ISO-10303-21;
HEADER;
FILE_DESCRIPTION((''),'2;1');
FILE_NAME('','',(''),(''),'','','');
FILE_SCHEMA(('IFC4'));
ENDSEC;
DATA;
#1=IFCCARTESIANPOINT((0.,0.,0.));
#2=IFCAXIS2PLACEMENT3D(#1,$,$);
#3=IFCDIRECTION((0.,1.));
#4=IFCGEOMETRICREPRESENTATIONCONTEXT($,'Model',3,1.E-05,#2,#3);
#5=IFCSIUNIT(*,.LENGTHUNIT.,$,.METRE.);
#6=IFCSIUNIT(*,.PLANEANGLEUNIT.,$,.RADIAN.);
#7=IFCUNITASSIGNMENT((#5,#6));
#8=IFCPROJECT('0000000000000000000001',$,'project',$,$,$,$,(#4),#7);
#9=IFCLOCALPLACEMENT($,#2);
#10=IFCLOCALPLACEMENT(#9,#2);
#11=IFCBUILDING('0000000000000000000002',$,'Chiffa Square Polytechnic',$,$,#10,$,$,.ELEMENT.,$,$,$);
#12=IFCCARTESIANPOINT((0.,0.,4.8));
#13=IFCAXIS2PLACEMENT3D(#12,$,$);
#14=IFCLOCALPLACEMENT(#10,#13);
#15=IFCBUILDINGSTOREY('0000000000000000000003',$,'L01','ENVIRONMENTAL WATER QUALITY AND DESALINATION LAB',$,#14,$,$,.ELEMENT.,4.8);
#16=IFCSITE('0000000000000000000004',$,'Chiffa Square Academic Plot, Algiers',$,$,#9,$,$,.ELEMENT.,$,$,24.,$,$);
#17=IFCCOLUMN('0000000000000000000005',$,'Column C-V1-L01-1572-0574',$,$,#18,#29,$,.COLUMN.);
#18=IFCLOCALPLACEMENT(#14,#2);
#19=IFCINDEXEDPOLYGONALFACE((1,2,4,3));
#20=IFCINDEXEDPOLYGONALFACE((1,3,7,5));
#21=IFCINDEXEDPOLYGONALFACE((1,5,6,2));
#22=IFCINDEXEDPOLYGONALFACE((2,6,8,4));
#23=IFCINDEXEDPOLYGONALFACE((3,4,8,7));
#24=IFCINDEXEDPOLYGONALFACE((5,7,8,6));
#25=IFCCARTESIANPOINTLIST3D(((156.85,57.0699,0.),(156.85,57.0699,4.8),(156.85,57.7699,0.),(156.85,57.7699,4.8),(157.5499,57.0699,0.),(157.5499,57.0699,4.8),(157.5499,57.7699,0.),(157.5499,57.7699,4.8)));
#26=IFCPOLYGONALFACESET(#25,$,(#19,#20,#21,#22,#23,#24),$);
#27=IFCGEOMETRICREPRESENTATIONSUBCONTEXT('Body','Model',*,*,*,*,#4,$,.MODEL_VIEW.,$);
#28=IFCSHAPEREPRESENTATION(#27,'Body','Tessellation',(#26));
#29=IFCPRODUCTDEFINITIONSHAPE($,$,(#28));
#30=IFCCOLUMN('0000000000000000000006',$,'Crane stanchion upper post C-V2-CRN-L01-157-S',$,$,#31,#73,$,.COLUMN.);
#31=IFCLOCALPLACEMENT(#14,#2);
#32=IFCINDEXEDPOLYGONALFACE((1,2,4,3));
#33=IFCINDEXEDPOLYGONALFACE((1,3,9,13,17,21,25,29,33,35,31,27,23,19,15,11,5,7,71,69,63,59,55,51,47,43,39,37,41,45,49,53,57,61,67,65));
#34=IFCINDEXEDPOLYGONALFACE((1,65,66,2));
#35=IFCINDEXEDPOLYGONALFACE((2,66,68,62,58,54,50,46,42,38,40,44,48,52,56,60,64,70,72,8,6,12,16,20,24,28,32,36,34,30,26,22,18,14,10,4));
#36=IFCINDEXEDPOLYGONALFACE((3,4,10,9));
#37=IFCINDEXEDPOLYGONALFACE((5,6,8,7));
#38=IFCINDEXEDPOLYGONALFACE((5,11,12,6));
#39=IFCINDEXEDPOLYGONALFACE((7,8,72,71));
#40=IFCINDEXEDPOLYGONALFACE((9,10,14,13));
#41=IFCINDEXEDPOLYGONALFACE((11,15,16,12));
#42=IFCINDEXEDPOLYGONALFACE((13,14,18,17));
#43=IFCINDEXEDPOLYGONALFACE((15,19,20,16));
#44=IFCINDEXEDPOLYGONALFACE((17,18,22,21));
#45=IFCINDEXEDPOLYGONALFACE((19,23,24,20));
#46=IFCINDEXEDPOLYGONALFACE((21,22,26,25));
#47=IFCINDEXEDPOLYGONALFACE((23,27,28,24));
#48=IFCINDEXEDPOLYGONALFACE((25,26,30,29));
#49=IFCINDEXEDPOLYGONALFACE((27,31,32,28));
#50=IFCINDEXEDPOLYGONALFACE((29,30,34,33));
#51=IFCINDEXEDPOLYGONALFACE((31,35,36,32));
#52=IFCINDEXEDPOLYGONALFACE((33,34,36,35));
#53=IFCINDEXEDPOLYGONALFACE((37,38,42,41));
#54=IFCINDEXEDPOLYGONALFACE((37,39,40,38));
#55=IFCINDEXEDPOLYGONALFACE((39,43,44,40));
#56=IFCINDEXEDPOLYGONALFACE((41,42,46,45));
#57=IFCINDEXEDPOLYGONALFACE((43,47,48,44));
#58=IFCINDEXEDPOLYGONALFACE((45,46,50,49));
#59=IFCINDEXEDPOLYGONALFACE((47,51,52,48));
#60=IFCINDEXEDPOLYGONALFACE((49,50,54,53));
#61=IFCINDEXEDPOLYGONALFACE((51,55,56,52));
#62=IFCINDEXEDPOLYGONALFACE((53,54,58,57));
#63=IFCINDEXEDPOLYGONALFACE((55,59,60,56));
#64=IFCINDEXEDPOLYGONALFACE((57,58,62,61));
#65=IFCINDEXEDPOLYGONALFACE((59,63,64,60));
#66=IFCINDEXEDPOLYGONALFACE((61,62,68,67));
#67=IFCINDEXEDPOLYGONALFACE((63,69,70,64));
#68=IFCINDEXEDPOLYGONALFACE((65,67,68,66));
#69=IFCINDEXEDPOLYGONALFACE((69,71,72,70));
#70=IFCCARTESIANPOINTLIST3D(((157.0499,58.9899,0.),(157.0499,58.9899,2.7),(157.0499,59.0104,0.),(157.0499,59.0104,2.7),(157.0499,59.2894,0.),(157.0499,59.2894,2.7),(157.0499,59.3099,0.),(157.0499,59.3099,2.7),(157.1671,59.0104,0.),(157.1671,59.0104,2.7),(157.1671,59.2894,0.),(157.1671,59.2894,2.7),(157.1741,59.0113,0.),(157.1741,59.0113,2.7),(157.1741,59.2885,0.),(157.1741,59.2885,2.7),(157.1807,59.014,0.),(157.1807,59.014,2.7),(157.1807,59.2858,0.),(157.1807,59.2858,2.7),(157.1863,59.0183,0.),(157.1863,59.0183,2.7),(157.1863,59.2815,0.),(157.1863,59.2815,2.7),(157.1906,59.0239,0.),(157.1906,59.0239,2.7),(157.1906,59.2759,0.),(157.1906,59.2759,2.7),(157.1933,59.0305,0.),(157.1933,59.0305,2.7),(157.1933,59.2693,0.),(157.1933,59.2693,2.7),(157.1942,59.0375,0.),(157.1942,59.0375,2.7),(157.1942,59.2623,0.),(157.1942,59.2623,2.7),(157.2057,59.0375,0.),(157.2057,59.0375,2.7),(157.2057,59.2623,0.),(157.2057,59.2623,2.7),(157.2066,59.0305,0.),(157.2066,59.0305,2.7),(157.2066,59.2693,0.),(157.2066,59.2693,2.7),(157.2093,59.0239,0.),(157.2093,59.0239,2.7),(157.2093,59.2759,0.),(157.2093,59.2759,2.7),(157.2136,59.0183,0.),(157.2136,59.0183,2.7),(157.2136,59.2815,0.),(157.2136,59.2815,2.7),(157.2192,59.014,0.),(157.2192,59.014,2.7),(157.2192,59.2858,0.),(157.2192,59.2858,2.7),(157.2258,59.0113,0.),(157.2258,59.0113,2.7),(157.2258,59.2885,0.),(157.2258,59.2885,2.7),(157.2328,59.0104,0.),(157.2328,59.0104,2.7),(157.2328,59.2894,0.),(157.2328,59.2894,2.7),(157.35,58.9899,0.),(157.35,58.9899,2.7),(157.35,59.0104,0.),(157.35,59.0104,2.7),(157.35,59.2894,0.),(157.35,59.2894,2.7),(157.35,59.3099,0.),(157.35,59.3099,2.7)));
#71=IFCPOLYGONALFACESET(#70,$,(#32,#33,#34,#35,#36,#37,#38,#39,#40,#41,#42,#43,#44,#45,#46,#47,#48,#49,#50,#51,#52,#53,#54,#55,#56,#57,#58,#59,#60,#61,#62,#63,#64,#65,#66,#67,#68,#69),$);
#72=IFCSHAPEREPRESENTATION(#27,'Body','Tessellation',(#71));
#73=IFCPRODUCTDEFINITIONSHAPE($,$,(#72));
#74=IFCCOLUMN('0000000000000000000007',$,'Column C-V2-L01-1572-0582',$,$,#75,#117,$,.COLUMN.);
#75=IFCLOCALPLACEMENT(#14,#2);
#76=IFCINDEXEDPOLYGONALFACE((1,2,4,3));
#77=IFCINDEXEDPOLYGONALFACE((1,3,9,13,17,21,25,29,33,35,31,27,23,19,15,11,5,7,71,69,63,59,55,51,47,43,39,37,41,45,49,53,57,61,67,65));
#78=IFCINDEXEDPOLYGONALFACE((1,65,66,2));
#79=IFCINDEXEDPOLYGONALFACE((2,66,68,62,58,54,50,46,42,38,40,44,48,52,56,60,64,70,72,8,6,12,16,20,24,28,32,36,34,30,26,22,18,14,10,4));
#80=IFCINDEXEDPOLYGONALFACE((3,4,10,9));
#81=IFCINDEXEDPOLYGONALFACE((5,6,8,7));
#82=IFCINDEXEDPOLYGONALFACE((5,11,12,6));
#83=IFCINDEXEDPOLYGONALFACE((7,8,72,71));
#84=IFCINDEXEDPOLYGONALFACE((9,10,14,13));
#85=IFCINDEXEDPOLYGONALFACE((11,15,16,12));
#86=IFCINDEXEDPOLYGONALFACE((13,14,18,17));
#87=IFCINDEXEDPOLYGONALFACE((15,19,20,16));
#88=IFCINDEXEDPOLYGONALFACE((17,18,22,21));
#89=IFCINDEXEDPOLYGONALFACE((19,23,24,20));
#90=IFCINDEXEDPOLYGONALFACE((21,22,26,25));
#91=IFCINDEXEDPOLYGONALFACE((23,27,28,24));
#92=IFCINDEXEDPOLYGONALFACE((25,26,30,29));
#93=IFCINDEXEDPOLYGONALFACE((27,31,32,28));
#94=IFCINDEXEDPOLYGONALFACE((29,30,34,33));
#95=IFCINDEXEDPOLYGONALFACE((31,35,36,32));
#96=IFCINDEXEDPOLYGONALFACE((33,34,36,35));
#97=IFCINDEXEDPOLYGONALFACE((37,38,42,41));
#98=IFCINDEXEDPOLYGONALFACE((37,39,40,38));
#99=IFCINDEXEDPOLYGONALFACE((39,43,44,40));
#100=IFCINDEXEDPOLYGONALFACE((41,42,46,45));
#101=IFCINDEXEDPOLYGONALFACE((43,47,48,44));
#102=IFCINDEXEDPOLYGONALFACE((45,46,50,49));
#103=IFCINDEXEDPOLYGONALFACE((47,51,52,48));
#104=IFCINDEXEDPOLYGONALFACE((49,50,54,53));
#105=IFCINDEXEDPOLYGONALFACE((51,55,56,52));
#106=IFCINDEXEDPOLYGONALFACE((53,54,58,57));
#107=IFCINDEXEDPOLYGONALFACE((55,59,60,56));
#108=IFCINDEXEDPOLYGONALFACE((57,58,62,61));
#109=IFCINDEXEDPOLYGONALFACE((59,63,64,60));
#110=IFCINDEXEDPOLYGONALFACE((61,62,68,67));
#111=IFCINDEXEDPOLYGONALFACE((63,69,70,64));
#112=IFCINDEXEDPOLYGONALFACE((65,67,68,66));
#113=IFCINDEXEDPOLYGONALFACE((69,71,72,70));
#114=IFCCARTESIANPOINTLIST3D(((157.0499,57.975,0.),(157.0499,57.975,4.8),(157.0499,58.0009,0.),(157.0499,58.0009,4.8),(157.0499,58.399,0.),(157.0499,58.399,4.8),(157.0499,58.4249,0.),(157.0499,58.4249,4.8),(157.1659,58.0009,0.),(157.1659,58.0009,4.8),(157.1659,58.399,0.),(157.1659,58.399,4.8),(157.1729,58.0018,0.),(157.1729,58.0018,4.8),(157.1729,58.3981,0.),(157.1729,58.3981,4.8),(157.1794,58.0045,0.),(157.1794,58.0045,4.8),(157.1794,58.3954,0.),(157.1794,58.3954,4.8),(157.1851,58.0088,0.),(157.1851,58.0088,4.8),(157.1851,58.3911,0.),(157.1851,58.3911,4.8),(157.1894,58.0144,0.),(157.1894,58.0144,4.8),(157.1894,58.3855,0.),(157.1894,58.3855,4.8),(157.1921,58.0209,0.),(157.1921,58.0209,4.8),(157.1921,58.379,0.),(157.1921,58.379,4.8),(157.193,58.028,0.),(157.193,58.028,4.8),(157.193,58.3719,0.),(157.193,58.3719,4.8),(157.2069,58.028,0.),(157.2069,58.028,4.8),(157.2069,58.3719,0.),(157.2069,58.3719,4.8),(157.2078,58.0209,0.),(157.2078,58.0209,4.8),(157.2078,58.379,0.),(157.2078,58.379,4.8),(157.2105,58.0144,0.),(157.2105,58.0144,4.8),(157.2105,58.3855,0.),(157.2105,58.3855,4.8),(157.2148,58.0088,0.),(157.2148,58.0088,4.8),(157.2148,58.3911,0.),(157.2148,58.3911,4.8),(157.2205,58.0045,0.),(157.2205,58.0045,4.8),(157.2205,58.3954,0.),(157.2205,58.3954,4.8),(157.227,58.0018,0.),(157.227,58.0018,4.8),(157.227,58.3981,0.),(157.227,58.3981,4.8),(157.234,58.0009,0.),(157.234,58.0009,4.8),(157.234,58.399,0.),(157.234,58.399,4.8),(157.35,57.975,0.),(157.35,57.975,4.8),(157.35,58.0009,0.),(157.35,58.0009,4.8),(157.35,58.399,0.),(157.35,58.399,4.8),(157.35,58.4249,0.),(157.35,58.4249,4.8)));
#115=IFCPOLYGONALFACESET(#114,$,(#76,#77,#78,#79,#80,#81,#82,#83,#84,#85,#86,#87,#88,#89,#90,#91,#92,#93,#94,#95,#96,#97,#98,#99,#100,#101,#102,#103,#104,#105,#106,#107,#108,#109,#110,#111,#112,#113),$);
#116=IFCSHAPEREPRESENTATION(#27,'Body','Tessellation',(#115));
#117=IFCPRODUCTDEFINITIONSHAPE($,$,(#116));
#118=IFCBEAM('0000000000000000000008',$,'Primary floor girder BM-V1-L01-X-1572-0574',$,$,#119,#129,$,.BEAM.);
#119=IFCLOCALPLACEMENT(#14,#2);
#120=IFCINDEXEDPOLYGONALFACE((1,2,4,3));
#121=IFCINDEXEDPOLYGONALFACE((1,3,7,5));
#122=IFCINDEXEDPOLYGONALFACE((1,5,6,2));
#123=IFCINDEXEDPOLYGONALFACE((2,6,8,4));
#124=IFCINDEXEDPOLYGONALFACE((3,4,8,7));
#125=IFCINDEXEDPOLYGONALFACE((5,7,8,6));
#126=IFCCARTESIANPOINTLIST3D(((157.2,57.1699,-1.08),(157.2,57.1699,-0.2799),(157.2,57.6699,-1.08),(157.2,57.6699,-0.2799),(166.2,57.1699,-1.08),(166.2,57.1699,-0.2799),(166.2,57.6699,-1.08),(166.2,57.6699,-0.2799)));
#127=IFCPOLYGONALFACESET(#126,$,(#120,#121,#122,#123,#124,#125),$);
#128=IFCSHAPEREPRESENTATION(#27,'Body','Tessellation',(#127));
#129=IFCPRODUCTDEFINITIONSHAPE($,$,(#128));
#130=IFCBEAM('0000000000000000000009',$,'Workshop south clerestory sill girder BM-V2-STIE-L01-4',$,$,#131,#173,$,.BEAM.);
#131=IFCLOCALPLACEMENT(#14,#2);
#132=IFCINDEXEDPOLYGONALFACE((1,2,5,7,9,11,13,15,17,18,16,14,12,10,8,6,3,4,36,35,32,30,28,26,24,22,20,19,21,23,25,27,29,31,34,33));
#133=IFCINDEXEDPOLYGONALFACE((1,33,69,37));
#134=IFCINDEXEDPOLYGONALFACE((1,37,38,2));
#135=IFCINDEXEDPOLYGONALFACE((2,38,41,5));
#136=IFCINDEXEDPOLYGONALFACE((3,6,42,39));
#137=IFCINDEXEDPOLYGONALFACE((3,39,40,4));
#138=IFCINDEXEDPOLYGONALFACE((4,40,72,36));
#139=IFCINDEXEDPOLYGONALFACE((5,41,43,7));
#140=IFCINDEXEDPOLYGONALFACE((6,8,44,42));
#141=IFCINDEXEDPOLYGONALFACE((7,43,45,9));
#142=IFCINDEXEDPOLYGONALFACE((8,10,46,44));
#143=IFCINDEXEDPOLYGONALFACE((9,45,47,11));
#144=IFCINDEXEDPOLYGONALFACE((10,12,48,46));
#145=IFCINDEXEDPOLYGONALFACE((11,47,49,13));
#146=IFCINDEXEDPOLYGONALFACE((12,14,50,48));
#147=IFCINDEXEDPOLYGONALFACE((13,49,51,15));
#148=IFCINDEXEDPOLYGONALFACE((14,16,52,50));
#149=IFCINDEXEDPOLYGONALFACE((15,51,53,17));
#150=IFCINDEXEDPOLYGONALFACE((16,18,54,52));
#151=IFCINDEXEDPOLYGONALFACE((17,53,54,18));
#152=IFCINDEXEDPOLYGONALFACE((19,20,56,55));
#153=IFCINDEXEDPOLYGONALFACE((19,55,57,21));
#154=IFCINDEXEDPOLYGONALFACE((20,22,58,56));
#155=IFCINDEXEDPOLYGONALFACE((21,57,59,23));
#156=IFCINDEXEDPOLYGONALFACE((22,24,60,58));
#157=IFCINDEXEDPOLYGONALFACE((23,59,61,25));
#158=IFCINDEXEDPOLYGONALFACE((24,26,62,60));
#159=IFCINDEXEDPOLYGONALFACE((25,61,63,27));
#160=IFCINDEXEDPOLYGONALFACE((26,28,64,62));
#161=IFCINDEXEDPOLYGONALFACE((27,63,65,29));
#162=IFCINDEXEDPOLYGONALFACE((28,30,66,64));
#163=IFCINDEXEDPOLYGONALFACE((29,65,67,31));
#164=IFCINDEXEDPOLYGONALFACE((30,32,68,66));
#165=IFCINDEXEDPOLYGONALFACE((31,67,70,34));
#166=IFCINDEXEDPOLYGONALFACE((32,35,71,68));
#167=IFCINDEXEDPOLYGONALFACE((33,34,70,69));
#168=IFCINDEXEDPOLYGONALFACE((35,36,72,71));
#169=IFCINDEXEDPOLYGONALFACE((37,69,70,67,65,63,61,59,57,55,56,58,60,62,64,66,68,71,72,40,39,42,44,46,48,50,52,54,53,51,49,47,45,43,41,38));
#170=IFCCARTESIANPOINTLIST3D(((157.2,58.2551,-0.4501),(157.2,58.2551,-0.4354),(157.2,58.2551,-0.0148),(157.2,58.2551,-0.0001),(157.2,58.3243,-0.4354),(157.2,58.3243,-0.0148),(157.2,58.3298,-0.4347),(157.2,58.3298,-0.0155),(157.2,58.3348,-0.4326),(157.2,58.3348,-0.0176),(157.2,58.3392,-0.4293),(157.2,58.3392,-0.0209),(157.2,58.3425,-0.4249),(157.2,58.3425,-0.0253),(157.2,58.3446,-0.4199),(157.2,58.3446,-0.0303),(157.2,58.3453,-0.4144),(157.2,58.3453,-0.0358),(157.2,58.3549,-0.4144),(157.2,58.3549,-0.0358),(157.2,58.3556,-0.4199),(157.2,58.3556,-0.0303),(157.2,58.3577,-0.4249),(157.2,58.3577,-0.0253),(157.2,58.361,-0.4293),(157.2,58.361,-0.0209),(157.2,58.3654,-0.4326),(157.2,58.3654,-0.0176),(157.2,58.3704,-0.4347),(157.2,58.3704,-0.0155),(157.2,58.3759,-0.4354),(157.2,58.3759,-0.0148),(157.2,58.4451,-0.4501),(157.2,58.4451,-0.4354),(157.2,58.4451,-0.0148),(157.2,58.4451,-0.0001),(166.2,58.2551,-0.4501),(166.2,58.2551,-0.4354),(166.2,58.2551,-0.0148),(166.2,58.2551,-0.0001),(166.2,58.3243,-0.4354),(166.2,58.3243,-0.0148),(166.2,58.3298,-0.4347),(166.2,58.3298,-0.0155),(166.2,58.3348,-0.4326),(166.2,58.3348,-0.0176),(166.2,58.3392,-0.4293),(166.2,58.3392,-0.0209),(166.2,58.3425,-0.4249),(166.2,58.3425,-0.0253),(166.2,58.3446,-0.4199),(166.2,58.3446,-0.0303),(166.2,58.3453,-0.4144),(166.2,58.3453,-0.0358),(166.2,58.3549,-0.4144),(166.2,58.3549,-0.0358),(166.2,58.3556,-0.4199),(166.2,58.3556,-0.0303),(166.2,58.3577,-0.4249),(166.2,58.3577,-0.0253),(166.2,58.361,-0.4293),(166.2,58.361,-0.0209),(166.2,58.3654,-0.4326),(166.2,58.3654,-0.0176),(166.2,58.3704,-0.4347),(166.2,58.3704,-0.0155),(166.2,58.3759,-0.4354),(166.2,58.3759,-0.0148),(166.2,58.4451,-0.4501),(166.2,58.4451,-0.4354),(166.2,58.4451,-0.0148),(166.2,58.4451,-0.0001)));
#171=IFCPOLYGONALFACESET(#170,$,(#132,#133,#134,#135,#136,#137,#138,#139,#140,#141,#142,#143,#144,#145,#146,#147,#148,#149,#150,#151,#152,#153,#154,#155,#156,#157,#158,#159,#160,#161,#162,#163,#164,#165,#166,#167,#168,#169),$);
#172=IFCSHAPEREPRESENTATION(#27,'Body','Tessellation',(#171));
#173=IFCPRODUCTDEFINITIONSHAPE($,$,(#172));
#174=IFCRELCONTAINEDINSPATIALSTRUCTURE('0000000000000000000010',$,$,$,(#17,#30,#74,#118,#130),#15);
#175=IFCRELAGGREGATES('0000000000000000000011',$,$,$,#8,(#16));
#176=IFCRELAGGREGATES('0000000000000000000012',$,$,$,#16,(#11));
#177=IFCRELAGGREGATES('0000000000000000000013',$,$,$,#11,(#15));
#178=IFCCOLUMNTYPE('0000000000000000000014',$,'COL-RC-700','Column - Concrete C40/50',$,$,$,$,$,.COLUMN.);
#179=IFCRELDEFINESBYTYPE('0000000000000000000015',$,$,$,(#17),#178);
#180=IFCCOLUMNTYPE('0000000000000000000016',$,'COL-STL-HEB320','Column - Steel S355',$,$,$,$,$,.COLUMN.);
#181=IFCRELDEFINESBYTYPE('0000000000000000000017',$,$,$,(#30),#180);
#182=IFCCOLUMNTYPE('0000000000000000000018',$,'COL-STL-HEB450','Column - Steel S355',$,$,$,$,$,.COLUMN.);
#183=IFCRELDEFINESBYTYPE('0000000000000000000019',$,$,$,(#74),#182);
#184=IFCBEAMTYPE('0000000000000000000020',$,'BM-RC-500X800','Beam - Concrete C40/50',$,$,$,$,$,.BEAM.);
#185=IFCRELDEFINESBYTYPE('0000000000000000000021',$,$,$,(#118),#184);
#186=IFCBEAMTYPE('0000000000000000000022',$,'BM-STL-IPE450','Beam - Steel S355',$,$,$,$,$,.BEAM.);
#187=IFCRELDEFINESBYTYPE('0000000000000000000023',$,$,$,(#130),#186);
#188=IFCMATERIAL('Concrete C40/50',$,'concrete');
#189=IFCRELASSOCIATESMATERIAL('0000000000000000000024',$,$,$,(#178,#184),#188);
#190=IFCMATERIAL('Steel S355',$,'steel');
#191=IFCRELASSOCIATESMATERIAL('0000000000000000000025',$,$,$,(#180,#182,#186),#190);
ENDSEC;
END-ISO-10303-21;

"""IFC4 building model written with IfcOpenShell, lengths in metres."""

from ifc_helpers import new_model, si_unit, direction, frame, origin, origin_2d, place, context, subcontext, project, spatial, rectangle, i_section, extrude, material, material_profile, profile_set, type_object, element, save


model = new_model("IFC4")

# Units and contexts
model_context = context("Model", 3, precision=1e-05, world=origin(), true_north=direction((0.0, 1.0)))
body_context = subcontext(model_context, "Body", "Model", "MODEL_VIEW")
ifc_project = project(units=[si_unit("LENGTHUNIT", "METRE"), si_unit("PLANEANGLEUNIT", "RADIAN")], contexts=[model_context])

# Site, building, storey
site_placement = place(None, origin())
site = spatial("IfcSite", under=ifc_project, at=site_placement, Name="Chiffa Square Academic Plot, Algiers", CompositionType="ELEMENT", RefElevation=24.0)
building_placement = place(site_placement, origin())
building = spatial("IfcBuilding", under=site, at=building_placement, Name="Chiffa Square Polytechnic", CompositionType="ELEMENT")
storey_placement = place(building_placement, frame((0.0, 0.0, 4.8)))
storey = spatial("IfcBuildingStorey", under=building, at=storey_placement, Name="L01", Description="ENVIRONMENTAL WATER QUALITY AND DESALINATION LAB", CompositionType="ELEMENT", Elevation=4.8)

# Columns
ifc_material_1 = material(Name="Concrete C40/50", Category="concrete")
ifc_material_profile_1 = material_profile(ifc_material_1, rectangle(XDim=0.7, YDim=0.7, at=origin_2d()), Name="RC 700x700")
ifc_profile_set_1 = profile_set([ifc_material_profile_1], Name="Concrete C40/50")
column_type_1 = type_object("IfcColumnType", Name="COL-RC-700", Description="Column - Concrete C40/50", PredefinedType="COLUMN", material=ifc_profile_set_1)
column_1_placement = place(storey_placement, frame((157.2, 57.4199, 0.0), z_axis=(0.0, 0.0, 1.0), x_axis=(1.0, 0.0, 0.0)))
element("IfcColumn", 1, at=column_1_placement, inside=storey, type_object=column_type_1, Name="Column C-V1-L01-1572-0574", PredefinedType="COLUMN", context=body_context, shape_type="SweptSolid", body=[
    extrude(rectangle(XDim=0.7, YDim=0.7, at=origin_2d()), origin(), (0.0, 0.0, 1.0), 4.8),
])
ifc_material_2 = material(Name="Steel S355", Category="steel")
ifc_material_profile_2 = material_profile(ifc_material_2, i_section(OverallWidth=0.3, OverallDepth=0.3201, WebThickness=0.0115, FlangeThickness=0.0205, FilletRadius=0.0271, at=origin_2d()), Name="HEB 320")
ifc_profile_set_2 = profile_set([ifc_material_profile_2], Name="Steel S355")
column_type_2 = type_object("IfcColumnType", Name="COL-STL-HEB320", Description="Column - Steel S355", PredefinedType="COLUMN", material=ifc_profile_set_2)
column_2_placement = place(storey_placement, frame((157.2, 59.1499, 0.0), z_axis=(0.0, 0.0, 1.0), x_axis=(1.0, 0.0, 0.0)))
element("IfcColumn", 2, at=column_2_placement, inside=storey, type_object=column_type_2, Name="Crane stanchion upper post C-V2-CRN-L01-157-S", PredefinedType="COLUMN", context=body_context, shape_type="SweptSolid", body=[
    extrude(i_section(OverallWidth=0.3, OverallDepth=0.3201, WebThickness=0.0115, FlangeThickness=0.0205, FilletRadius=0.0271, at=origin_2d()), origin(), (0.0, 0.0, 1.0), 2.7),
])
ifc_material_profile_3 = material_profile(ifc_material_2, i_section(OverallWidth=0.3, OverallDepth=0.45, WebThickness=0.0139, FlangeThickness=0.0259, FilletRadius=0.0271, at=origin_2d()), Name="HEB 450")
ifc_profile_set_3 = profile_set([ifc_material_profile_3], Name="Steel S355")
column_type_3 = type_object("IfcColumnType", Name="COL-STL-HEB450", Description="Column - Steel S355", PredefinedType="COLUMN", material=ifc_profile_set_3)
column_3_placement = place(storey_placement, frame((157.2, 58.2, 0.0), z_axis=(0.0, 0.0, 1.0), x_axis=(1.0, 0.0, 0.0)))
element("IfcColumn", 3, at=column_3_placement, inside=storey, type_object=column_type_3, Name="Column C-V2-L01-1572-0582", PredefinedType="COLUMN", context=body_context, shape_type="SweptSolid", body=[
    extrude(i_section(OverallWidth=0.3, OverallDepth=0.45, WebThickness=0.0139, FlangeThickness=0.0259, FilletRadius=0.0271, at=origin_2d()), origin(), (0.0, 0.0, 1.0), 4.8),
])

# Beams
ifc_material_profile_4 = material_profile(ifc_material_1, rectangle(XDim=0.5, YDim=0.8, at=origin_2d()), Name="RC 500x800")
ifc_profile_set_4 = profile_set([ifc_material_profile_4], Name="Concrete C40/50")
beam_type_1 = type_object("IfcBeamType", Name="BM-RC-500X800", Description="Beam - Concrete C40/50", PredefinedType="BEAM", material=ifc_profile_set_4)
beam_1_placement = place(storey_placement, frame((157.2, 57.4199, -0.6799), z_axis=(1.0, 0.0, 0.0), x_axis=(0.0, 1.0, 0.0)))
element("IfcBeam", 4, at=beam_1_placement, inside=storey, type_object=beam_type_1, Name="Primary floor girder BM-V1-L01-X-1572-0574", PredefinedType="BEAM", context=body_context, shape_type="SweptSolid", body=[
    extrude(rectangle(XDim=0.5, YDim=0.8, at=origin_2d()), origin(), (0.0, 0.0, 1.0), 9.0),
])
ifc_material_profile_5 = material_profile(ifc_material_2, i_section(OverallWidth=0.1899, OverallDepth=0.45, WebThickness=0.0095, FlangeThickness=0.0146, FilletRadius=0.021, at=origin_2d()), Name="IPE 450")
ifc_profile_set_5 = profile_set([ifc_material_profile_5], Name="Steel S355")
beam_type_2 = type_object("IfcBeamType", Name="BM-STL-IPE450", Description="Beam - Steel S355", PredefinedType="BEAM", material=ifc_profile_set_5)
for number, where, z_axis, x_axis, name in (
    (5, (157.2, 58.3501, -0.2251), (1.0, 0.0, 0.0), (0.0, 1.0, 0.0), "Workshop south clerestory sill girder BM-V2-STIE-L01-4"),
):
    element("IfcBeam", number, at=place(storey_placement, frame(where, z_axis=z_axis, x_axis=x_axis)), inside=storey, type_object=beam_type_2, Name=name, PredefinedType="BEAM", context=body_context, shape_type="SweptSolid", body=[
        extrude(i_section(OverallWidth=0.1899, OverallDepth=0.45, WebThickness=0.0095, FlangeThickness=0.0146, FilletRadius=0.021, at=origin_2d()), origin(), (0.0, 0.0, 1.0), 9.0),
    ])

save(model, "model.ifc")
